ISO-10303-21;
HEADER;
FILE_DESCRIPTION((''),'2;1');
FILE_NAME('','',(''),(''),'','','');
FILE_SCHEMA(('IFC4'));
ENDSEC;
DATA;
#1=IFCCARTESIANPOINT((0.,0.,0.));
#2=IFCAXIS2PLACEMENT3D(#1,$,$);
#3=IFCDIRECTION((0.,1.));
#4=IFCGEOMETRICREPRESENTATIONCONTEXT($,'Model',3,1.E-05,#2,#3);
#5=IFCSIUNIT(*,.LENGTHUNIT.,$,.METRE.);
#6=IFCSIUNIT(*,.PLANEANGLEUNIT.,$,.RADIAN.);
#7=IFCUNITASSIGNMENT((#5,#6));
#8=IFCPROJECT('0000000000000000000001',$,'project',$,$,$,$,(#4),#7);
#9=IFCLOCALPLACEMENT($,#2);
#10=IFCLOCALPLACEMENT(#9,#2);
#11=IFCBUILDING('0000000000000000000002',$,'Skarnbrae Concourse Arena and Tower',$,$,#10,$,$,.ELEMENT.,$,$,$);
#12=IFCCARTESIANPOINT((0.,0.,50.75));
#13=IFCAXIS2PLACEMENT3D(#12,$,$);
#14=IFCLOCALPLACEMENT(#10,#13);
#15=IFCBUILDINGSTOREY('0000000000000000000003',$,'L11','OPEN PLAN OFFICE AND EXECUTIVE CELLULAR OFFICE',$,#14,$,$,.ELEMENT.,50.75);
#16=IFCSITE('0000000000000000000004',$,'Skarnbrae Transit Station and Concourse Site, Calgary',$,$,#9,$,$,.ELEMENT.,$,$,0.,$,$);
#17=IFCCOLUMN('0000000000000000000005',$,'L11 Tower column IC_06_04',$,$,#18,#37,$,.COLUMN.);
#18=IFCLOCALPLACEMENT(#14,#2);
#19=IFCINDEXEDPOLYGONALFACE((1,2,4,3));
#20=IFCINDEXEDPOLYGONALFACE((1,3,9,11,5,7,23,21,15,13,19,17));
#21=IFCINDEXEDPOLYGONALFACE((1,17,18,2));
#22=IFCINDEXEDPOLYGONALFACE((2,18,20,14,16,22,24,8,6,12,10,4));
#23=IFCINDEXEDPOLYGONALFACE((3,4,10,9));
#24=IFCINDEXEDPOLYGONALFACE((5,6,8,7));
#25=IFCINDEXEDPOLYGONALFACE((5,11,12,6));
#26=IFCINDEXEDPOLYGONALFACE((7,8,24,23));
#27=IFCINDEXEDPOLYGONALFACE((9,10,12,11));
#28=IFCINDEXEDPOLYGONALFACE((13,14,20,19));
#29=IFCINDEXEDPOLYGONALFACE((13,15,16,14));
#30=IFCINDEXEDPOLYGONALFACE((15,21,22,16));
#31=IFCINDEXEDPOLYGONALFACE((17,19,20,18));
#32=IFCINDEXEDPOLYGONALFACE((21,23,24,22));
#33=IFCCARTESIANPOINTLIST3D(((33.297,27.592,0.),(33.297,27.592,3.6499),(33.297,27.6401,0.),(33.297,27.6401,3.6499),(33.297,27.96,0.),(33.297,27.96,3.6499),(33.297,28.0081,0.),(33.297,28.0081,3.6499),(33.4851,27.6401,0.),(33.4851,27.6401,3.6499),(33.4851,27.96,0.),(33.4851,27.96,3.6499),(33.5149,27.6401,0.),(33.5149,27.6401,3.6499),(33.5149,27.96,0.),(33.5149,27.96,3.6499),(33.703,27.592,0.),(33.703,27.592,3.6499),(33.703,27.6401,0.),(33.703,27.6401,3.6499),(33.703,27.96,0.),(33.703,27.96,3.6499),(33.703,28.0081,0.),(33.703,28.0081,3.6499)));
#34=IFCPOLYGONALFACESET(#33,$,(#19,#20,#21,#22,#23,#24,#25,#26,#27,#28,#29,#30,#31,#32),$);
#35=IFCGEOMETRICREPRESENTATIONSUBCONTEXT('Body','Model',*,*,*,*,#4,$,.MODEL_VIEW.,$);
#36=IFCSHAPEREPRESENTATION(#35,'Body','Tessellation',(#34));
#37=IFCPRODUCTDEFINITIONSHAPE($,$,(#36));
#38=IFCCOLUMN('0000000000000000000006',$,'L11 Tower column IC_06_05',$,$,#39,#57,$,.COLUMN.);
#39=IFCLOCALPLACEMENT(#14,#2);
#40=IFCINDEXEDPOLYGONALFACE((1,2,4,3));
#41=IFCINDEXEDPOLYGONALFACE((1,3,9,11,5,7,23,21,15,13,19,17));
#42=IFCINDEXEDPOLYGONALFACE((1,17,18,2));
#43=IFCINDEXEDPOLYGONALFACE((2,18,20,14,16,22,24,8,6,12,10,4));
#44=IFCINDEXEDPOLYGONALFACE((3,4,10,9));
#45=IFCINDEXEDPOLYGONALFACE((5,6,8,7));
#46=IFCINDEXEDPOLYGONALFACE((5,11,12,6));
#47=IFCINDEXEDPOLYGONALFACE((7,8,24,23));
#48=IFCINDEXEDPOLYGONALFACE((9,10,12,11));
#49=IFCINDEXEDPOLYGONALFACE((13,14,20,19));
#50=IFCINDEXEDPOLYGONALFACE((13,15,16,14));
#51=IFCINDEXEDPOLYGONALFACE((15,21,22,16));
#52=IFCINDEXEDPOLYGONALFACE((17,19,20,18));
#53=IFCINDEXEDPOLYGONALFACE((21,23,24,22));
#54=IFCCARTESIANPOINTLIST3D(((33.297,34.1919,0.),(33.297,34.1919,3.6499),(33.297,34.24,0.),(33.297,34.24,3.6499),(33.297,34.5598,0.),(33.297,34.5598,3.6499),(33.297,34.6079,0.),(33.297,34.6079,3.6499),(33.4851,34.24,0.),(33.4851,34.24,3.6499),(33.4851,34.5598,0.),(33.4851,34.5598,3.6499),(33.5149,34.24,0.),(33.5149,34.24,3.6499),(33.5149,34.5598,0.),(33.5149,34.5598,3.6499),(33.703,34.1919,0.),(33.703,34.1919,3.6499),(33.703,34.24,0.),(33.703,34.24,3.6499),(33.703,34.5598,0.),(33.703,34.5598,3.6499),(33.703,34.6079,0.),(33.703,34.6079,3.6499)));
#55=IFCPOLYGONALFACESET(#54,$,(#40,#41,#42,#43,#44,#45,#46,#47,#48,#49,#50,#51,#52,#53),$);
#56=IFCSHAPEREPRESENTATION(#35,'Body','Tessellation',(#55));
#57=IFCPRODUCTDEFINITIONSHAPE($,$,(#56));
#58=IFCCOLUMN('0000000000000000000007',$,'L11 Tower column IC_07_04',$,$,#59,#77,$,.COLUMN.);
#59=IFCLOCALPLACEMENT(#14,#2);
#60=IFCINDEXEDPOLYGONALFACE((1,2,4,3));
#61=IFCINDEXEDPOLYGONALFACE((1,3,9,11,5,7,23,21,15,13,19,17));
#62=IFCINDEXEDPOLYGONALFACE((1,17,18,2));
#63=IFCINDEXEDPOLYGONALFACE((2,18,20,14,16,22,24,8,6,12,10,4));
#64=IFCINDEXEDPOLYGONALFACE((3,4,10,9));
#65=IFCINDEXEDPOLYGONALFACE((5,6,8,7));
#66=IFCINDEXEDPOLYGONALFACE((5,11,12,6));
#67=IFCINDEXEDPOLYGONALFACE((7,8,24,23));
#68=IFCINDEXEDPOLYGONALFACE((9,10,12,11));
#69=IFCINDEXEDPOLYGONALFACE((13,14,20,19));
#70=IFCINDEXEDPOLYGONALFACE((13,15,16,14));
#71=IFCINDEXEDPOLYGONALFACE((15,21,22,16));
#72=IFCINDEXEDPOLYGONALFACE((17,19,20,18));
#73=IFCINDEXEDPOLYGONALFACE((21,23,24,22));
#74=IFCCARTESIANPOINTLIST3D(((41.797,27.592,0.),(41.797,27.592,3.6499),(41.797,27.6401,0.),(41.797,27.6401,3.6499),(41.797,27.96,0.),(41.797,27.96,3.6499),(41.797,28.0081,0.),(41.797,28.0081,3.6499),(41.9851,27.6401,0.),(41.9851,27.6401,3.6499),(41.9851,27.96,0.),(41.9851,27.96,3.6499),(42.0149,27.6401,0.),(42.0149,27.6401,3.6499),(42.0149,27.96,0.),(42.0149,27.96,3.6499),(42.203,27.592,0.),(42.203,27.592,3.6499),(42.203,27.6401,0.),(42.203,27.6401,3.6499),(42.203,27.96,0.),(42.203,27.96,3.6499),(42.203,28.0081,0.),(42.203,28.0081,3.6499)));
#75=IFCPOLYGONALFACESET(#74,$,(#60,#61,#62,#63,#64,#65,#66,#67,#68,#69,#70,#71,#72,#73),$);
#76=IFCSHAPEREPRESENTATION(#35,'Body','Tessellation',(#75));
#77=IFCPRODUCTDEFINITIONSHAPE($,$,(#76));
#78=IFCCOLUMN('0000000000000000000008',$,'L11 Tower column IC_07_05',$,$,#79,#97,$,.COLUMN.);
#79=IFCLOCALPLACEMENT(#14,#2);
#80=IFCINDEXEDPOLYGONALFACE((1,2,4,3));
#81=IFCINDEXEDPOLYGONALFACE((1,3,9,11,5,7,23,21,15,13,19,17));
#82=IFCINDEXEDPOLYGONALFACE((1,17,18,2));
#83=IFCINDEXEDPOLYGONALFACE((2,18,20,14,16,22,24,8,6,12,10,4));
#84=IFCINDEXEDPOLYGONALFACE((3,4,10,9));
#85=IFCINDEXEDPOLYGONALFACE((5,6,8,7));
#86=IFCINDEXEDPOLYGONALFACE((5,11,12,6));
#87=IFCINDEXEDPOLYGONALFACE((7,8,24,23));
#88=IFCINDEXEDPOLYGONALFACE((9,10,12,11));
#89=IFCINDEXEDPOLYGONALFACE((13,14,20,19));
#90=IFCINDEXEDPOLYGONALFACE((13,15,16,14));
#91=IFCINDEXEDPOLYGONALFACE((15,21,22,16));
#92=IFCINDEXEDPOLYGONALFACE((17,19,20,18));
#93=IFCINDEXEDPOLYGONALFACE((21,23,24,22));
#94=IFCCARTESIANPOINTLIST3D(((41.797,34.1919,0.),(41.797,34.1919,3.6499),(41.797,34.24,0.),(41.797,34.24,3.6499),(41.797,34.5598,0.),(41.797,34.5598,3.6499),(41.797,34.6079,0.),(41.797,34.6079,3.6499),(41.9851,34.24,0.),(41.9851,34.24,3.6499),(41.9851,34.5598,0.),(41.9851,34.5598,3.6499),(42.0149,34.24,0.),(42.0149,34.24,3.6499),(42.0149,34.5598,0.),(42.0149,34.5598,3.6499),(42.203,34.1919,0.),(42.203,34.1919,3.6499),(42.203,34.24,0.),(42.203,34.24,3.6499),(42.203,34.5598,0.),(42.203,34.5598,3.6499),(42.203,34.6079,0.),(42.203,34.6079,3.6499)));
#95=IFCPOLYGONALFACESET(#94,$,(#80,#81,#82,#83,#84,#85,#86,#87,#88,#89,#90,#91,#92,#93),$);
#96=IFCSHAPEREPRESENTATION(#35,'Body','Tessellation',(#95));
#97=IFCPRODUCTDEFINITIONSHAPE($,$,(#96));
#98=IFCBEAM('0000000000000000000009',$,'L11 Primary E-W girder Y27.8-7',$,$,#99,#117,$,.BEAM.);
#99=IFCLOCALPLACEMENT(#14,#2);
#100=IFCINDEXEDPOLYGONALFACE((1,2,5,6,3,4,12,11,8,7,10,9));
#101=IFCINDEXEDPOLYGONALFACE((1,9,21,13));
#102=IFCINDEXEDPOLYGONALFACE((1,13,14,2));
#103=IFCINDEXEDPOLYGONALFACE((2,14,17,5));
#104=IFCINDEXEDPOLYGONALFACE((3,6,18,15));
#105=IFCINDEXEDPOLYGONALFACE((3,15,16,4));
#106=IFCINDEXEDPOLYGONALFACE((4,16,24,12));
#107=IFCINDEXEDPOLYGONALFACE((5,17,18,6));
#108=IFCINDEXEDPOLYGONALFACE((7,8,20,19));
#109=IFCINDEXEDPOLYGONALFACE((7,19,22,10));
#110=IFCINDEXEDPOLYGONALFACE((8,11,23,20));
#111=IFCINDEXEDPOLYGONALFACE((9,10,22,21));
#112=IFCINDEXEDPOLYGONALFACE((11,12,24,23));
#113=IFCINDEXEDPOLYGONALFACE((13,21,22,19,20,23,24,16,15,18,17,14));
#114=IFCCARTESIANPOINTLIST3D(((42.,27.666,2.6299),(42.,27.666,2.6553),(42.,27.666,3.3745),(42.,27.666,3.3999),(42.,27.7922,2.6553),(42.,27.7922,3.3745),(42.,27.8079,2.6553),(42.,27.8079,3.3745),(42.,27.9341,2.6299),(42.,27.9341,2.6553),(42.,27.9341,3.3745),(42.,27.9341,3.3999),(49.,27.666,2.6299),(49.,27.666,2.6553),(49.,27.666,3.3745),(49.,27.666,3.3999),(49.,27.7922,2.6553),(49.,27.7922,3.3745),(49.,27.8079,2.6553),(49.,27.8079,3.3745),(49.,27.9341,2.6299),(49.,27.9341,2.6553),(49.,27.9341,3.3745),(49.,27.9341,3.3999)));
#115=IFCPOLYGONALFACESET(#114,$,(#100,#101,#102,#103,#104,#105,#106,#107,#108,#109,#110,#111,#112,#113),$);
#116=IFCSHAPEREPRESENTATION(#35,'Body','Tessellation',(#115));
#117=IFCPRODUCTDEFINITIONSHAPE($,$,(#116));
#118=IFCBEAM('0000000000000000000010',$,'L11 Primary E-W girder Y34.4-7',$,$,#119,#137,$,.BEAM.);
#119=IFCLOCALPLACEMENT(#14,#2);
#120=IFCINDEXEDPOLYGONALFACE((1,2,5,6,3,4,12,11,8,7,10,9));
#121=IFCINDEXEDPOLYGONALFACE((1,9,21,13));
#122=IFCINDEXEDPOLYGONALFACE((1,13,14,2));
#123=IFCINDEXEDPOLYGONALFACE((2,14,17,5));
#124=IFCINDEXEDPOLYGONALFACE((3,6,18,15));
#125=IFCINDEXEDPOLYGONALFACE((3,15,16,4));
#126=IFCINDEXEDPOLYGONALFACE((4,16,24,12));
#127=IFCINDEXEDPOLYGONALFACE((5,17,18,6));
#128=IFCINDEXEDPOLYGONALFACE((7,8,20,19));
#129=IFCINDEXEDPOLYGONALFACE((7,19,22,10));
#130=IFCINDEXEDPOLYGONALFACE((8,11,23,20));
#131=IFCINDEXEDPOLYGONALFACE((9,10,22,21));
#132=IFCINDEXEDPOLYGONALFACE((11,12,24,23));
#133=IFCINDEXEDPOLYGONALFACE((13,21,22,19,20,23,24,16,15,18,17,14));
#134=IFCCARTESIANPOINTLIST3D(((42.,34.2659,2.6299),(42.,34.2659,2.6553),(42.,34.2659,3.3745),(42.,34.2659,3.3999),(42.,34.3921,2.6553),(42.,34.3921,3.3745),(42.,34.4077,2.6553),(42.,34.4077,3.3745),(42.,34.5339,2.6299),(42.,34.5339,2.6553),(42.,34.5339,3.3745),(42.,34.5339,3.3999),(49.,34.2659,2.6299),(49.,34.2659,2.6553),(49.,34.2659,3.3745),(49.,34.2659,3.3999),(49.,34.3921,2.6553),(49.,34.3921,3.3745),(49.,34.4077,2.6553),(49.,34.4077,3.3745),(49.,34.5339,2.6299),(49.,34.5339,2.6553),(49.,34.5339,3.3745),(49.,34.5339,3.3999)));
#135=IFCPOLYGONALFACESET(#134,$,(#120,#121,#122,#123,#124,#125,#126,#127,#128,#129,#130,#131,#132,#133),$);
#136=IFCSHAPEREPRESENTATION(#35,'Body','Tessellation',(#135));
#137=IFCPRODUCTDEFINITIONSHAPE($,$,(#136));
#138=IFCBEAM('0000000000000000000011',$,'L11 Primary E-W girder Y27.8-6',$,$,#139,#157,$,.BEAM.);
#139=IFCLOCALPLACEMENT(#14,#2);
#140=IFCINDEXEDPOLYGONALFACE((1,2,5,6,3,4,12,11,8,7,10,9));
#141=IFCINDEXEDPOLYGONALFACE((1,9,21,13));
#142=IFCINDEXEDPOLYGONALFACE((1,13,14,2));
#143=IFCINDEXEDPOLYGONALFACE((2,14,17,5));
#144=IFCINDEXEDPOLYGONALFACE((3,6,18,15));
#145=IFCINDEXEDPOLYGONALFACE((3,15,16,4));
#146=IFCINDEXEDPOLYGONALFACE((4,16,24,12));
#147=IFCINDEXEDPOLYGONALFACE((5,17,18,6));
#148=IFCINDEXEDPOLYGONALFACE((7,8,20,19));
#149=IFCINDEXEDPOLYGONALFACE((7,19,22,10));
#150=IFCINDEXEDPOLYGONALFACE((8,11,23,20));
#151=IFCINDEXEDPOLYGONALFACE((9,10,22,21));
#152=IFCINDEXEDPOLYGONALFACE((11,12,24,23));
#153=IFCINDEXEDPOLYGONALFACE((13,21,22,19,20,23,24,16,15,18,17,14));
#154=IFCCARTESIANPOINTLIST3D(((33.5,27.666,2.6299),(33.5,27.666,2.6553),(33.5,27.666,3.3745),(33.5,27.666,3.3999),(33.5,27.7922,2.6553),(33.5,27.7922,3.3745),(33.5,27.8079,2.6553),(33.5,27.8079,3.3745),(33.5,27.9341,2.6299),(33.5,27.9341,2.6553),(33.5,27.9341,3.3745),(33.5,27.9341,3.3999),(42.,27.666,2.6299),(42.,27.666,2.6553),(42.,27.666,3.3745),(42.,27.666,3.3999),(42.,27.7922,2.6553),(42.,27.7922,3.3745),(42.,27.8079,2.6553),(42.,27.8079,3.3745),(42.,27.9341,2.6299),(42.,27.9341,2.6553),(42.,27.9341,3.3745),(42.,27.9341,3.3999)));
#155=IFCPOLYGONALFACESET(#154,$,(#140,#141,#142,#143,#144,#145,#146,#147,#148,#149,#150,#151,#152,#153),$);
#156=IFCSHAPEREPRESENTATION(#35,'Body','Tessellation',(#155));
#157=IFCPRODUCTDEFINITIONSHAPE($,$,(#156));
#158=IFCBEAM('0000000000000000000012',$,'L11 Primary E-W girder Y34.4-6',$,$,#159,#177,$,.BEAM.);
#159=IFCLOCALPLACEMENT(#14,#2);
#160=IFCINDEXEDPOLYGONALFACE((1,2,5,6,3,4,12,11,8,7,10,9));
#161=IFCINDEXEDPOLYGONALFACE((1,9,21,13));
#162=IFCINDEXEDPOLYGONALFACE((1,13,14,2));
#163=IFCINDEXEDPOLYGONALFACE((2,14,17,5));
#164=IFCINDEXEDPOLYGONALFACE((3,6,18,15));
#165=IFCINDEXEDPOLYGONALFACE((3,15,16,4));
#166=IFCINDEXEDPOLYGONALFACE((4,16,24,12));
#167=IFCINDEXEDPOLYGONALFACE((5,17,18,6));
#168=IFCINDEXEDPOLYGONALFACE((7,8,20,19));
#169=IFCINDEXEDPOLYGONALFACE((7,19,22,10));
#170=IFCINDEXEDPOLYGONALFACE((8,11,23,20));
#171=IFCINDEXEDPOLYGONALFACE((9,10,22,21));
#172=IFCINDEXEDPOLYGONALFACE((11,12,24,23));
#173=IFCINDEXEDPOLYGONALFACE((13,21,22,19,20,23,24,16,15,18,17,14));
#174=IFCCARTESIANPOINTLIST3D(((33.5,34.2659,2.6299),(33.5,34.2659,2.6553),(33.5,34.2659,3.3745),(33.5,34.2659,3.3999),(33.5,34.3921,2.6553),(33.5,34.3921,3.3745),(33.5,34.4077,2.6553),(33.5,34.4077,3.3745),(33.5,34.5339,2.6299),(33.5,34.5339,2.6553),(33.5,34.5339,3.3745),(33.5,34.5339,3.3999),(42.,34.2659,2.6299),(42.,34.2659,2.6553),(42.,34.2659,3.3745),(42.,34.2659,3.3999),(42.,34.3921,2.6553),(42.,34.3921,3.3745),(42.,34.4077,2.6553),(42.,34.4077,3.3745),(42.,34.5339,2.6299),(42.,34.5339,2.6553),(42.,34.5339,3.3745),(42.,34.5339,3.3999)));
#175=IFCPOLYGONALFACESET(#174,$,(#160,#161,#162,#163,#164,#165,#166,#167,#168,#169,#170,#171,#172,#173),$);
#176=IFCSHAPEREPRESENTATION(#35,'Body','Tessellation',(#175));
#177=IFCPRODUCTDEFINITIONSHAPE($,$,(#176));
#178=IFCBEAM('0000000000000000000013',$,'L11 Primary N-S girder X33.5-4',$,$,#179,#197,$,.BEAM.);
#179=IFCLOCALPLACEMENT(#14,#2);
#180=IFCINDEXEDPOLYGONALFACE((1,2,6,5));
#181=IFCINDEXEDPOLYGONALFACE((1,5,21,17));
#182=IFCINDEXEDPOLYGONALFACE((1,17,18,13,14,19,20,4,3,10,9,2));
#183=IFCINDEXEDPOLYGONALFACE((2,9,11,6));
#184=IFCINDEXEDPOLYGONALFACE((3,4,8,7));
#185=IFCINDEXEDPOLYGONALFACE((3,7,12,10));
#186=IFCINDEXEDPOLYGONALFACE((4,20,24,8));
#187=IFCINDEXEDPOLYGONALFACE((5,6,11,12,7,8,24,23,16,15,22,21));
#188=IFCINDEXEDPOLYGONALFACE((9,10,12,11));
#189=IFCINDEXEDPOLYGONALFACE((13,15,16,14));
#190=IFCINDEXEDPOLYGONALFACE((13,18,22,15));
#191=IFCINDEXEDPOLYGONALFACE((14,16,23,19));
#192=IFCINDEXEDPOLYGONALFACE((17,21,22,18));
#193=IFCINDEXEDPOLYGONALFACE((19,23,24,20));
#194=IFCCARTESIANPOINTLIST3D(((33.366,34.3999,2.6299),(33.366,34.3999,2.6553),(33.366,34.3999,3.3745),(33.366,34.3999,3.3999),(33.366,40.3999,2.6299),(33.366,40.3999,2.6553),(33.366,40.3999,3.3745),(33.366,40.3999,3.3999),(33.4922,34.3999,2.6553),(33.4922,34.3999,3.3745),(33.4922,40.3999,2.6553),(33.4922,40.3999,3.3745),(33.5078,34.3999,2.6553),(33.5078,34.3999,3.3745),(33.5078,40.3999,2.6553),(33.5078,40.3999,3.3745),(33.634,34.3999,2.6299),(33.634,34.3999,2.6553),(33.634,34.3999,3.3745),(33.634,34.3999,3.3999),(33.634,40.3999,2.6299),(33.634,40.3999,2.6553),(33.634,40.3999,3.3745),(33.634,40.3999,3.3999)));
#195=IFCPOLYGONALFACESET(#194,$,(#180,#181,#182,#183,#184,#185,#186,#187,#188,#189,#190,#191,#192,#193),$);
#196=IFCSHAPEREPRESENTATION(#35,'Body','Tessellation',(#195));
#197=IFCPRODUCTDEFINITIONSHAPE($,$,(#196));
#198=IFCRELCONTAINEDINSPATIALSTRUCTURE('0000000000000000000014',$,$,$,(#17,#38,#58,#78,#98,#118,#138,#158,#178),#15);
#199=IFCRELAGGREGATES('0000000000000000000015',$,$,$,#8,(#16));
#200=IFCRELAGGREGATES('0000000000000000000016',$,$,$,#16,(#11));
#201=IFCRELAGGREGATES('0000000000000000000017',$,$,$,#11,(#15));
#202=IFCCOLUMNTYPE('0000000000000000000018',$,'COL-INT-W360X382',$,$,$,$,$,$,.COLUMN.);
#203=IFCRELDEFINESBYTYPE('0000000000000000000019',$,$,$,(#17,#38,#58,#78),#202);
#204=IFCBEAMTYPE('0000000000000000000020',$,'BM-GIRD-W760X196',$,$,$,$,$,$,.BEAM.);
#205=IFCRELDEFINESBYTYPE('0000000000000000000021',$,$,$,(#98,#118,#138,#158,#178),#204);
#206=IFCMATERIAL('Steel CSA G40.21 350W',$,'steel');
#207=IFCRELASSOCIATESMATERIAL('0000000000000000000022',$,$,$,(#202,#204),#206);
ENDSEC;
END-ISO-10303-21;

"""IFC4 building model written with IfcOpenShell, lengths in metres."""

from ifc_helpers import new_model, si_unit, direction, frame, origin, origin_2d, place, context, subcontext, project, spatial, i_section, extrude, source, transform, mapped, material, material_profile, profile_set, type_object, element, save


model = new_model("IFC4")

# Units and contexts
model_context = context("Model", 3, precision=1e-05, world=origin(), true_north=direction((0.0, 1.0)))
body_context = subcontext(model_context, "Body", "Model", "MODEL_VIEW")
ifc_project = project(units=[si_unit("LENGTHUNIT", "METRE"), si_unit("PLANEANGLEUNIT", "RADIAN")], contexts=[model_context])

# Site, building, storey
site_placement = place(None, origin())
site = spatial("IfcSite", under=ifc_project, at=site_placement, Name="Skarnbrae Transit Station and Concourse Site, Calgary", CompositionType="ELEMENT", RefElevation=0.0)
building_placement = place(site_placement, origin())
building = spatial("IfcBuilding", under=site, at=building_placement, Name="Skarnbrae Concourse Arena and Tower", CompositionType="ELEMENT")
storey_placement = place(building_placement, frame((0.0, 0.0, 50.75)))
storey = spatial("IfcBuildingStorey", under=building, at=storey_placement, Name="L11", Description="OPEN PLAN OFFICE AND EXECUTIVE CELLULAR OFFICE", CompositionType="ELEMENT", Elevation=50.75)

# Columns
ifc_material_1 = material(Name="Steel CSA G40.21 350W", Category="steel")
ifc_material_profile_1 = material_profile(ifc_material_1, i_section(OverallWidth=0.406, OverallDepth=0.416, WebThickness=0.0298, FlangeThickness=0.0481, at=origin_2d()), Name="W360X382")
ifc_profile_set_1 = profile_set([ifc_material_profile_1], Name="Steel CSA G40.21 350W")
column_type = type_object("IfcColumnType", Name="COL-INT-W360X382", PredefinedType="COLUMN", material=ifc_profile_set_1)
shared_shape_1 = source(origin(), body_context, "Body", "SweptSolid", [
    extrude(i_section(OverallWidth=0.406, OverallDepth=0.416, WebThickness=0.0298, FlangeThickness=0.0481, at=origin_2d()), origin(), (0.0, 0.0, 1.0), 3.6499),
])
for number, where, z_axis, x_axis, name in (
    (1, (33.5, 27.8, 0.0), (0.0, 0.0, 1.0), (1.0, 0.0, 0.0), "L11 Tower column IC_06_04"),
    (2, (33.5, 34.3999, 0.0), (0.0, 0.0, 1.0), (1.0, 0.0, 0.0), "L11 Tower column IC_06_05"),
    (3, (42.0, 27.8, 0.0), (0.0, 0.0, 1.0), (1.0, 0.0, 0.0), "L11 Tower column IC_07_04"),
    (4, (42.0, 34.3999, 0.0), (0.0, 0.0, 1.0), (1.0, 0.0, 0.0), "L11 Tower column IC_07_05"),
):
    element("IfcColumn", number, at=place(storey_placement, frame(where, z_axis=z_axis, x_axis=x_axis)), inside=storey, type_object=column_type, Name=name, PredefinedType="COLUMN", context=body_context, shape_type="MappedRepresentation", body=[
        mapped(shared_shape_1, transform((0.0, 0.0, 0.0))),
    ])

# Beams
ifc_material_profile_2 = material_profile(ifc_material_1, i_section(OverallWidth=0.2681, OverallDepth=0.77, WebThickness=0.0156, FlangeThickness=0.0254, at=origin_2d()), Name="W760X196")
ifc_profile_set_2 = profile_set([ifc_material_profile_2], Name="Steel CSA G40.21 350W")
beam_type_1 = type_object("IfcBeamType", Name="BM-GIRD-W760X196", PredefinedType="BEAM", material=ifc_profile_set_2)
shared_shape_2 = source(origin(), body_context, "Body", "SweptSolid", [
    extrude(i_section(OverallWidth=0.2681, OverallDepth=0.77, WebThickness=0.0156, FlangeThickness=0.0254, at=origin_2d()), origin(), (0.0, 0.0, 1.0), 7.0),
])
for number, where, z_axis, x_axis, name in (
    (5, (42.0, 27.8, 3.0149), (1.0, 0.0, 0.0), (0.0, 1.0, 0.0), "L11 Primary E-W girder Y27.8-7"),
    (6, (42.0, 34.3999, 3.0149), (1.0, 0.0, 0.0), (0.0, 1.0, 0.0), "L11 Primary E-W girder Y34.4-7"),
):
    element("IfcBeam", number, at=place(storey_placement, frame(where, z_axis=z_axis, x_axis=x_axis)), inside=storey, type_object=beam_type_1, Name=name, PredefinedType="BEAM", context=body_context, shape_type="MappedRepresentation", body=[
        mapped(shared_shape_2, transform((0.0, 0.0, 0.0))),
    ])
shared_shape_3 = source(origin(), body_context, "Body", "SweptSolid", [
    extrude(i_section(OverallWidth=0.2681, OverallDepth=0.77, WebThickness=0.0156, FlangeThickness=0.0254, at=origin_2d()), origin(), (0.0, 0.0, 1.0), 8.5),
])
for number, where, z_axis, x_axis, name in (
    (7, (33.5, 27.8, 3.0149), (1.0, 0.0, 0.0), (0.0, 1.0, 0.0), "L11 Primary E-W girder Y27.8-6"),
    (8, (33.5, 34.3999, 3.0149), (1.0, 0.0, 0.0), (0.0, 1.0, 0.0), "L11 Primary E-W girder Y34.4-6"),
):
    element("IfcBeam", number, at=place(storey_placement, frame(where, z_axis=z_axis, x_axis=x_axis)), inside=storey, type_object=beam_type_1, Name=name, PredefinedType="BEAM", context=body_context, shape_type="MappedRepresentation", body=[
        mapped(shared_shape_3, transform((0.0, 0.0, 0.0))),
    ])
shared_shape_4 = source(origin(), body_context, "Body", "SweptSolid", [
    extrude(i_section(OverallWidth=0.2681, OverallDepth=0.77, WebThickness=0.0156, FlangeThickness=0.0254, at=origin_2d()), origin(), (0.0, 0.0, 1.0), 6.0),
])
for number, where, z_axis, x_axis, name in (
    (9, (33.5, 34.3999, 3.0149), (0.0, 1.0, 0.0), (-1.0, 0.0, 0.0), "L11 Primary N-S girder X33.5-4"),
):
    element("IfcBeam", number, at=place(storey_placement, frame(where, z_axis=z_axis, x_axis=x_axis)), inside=storey, type_object=beam_type_1, Name=name, PredefinedType="BEAM", context=body_context, shape_type="MappedRepresentation", body=[
        mapped(shared_shape_4, transform((0.0, 0.0, 0.0))),
    ])

save(model, "model.ifc")
